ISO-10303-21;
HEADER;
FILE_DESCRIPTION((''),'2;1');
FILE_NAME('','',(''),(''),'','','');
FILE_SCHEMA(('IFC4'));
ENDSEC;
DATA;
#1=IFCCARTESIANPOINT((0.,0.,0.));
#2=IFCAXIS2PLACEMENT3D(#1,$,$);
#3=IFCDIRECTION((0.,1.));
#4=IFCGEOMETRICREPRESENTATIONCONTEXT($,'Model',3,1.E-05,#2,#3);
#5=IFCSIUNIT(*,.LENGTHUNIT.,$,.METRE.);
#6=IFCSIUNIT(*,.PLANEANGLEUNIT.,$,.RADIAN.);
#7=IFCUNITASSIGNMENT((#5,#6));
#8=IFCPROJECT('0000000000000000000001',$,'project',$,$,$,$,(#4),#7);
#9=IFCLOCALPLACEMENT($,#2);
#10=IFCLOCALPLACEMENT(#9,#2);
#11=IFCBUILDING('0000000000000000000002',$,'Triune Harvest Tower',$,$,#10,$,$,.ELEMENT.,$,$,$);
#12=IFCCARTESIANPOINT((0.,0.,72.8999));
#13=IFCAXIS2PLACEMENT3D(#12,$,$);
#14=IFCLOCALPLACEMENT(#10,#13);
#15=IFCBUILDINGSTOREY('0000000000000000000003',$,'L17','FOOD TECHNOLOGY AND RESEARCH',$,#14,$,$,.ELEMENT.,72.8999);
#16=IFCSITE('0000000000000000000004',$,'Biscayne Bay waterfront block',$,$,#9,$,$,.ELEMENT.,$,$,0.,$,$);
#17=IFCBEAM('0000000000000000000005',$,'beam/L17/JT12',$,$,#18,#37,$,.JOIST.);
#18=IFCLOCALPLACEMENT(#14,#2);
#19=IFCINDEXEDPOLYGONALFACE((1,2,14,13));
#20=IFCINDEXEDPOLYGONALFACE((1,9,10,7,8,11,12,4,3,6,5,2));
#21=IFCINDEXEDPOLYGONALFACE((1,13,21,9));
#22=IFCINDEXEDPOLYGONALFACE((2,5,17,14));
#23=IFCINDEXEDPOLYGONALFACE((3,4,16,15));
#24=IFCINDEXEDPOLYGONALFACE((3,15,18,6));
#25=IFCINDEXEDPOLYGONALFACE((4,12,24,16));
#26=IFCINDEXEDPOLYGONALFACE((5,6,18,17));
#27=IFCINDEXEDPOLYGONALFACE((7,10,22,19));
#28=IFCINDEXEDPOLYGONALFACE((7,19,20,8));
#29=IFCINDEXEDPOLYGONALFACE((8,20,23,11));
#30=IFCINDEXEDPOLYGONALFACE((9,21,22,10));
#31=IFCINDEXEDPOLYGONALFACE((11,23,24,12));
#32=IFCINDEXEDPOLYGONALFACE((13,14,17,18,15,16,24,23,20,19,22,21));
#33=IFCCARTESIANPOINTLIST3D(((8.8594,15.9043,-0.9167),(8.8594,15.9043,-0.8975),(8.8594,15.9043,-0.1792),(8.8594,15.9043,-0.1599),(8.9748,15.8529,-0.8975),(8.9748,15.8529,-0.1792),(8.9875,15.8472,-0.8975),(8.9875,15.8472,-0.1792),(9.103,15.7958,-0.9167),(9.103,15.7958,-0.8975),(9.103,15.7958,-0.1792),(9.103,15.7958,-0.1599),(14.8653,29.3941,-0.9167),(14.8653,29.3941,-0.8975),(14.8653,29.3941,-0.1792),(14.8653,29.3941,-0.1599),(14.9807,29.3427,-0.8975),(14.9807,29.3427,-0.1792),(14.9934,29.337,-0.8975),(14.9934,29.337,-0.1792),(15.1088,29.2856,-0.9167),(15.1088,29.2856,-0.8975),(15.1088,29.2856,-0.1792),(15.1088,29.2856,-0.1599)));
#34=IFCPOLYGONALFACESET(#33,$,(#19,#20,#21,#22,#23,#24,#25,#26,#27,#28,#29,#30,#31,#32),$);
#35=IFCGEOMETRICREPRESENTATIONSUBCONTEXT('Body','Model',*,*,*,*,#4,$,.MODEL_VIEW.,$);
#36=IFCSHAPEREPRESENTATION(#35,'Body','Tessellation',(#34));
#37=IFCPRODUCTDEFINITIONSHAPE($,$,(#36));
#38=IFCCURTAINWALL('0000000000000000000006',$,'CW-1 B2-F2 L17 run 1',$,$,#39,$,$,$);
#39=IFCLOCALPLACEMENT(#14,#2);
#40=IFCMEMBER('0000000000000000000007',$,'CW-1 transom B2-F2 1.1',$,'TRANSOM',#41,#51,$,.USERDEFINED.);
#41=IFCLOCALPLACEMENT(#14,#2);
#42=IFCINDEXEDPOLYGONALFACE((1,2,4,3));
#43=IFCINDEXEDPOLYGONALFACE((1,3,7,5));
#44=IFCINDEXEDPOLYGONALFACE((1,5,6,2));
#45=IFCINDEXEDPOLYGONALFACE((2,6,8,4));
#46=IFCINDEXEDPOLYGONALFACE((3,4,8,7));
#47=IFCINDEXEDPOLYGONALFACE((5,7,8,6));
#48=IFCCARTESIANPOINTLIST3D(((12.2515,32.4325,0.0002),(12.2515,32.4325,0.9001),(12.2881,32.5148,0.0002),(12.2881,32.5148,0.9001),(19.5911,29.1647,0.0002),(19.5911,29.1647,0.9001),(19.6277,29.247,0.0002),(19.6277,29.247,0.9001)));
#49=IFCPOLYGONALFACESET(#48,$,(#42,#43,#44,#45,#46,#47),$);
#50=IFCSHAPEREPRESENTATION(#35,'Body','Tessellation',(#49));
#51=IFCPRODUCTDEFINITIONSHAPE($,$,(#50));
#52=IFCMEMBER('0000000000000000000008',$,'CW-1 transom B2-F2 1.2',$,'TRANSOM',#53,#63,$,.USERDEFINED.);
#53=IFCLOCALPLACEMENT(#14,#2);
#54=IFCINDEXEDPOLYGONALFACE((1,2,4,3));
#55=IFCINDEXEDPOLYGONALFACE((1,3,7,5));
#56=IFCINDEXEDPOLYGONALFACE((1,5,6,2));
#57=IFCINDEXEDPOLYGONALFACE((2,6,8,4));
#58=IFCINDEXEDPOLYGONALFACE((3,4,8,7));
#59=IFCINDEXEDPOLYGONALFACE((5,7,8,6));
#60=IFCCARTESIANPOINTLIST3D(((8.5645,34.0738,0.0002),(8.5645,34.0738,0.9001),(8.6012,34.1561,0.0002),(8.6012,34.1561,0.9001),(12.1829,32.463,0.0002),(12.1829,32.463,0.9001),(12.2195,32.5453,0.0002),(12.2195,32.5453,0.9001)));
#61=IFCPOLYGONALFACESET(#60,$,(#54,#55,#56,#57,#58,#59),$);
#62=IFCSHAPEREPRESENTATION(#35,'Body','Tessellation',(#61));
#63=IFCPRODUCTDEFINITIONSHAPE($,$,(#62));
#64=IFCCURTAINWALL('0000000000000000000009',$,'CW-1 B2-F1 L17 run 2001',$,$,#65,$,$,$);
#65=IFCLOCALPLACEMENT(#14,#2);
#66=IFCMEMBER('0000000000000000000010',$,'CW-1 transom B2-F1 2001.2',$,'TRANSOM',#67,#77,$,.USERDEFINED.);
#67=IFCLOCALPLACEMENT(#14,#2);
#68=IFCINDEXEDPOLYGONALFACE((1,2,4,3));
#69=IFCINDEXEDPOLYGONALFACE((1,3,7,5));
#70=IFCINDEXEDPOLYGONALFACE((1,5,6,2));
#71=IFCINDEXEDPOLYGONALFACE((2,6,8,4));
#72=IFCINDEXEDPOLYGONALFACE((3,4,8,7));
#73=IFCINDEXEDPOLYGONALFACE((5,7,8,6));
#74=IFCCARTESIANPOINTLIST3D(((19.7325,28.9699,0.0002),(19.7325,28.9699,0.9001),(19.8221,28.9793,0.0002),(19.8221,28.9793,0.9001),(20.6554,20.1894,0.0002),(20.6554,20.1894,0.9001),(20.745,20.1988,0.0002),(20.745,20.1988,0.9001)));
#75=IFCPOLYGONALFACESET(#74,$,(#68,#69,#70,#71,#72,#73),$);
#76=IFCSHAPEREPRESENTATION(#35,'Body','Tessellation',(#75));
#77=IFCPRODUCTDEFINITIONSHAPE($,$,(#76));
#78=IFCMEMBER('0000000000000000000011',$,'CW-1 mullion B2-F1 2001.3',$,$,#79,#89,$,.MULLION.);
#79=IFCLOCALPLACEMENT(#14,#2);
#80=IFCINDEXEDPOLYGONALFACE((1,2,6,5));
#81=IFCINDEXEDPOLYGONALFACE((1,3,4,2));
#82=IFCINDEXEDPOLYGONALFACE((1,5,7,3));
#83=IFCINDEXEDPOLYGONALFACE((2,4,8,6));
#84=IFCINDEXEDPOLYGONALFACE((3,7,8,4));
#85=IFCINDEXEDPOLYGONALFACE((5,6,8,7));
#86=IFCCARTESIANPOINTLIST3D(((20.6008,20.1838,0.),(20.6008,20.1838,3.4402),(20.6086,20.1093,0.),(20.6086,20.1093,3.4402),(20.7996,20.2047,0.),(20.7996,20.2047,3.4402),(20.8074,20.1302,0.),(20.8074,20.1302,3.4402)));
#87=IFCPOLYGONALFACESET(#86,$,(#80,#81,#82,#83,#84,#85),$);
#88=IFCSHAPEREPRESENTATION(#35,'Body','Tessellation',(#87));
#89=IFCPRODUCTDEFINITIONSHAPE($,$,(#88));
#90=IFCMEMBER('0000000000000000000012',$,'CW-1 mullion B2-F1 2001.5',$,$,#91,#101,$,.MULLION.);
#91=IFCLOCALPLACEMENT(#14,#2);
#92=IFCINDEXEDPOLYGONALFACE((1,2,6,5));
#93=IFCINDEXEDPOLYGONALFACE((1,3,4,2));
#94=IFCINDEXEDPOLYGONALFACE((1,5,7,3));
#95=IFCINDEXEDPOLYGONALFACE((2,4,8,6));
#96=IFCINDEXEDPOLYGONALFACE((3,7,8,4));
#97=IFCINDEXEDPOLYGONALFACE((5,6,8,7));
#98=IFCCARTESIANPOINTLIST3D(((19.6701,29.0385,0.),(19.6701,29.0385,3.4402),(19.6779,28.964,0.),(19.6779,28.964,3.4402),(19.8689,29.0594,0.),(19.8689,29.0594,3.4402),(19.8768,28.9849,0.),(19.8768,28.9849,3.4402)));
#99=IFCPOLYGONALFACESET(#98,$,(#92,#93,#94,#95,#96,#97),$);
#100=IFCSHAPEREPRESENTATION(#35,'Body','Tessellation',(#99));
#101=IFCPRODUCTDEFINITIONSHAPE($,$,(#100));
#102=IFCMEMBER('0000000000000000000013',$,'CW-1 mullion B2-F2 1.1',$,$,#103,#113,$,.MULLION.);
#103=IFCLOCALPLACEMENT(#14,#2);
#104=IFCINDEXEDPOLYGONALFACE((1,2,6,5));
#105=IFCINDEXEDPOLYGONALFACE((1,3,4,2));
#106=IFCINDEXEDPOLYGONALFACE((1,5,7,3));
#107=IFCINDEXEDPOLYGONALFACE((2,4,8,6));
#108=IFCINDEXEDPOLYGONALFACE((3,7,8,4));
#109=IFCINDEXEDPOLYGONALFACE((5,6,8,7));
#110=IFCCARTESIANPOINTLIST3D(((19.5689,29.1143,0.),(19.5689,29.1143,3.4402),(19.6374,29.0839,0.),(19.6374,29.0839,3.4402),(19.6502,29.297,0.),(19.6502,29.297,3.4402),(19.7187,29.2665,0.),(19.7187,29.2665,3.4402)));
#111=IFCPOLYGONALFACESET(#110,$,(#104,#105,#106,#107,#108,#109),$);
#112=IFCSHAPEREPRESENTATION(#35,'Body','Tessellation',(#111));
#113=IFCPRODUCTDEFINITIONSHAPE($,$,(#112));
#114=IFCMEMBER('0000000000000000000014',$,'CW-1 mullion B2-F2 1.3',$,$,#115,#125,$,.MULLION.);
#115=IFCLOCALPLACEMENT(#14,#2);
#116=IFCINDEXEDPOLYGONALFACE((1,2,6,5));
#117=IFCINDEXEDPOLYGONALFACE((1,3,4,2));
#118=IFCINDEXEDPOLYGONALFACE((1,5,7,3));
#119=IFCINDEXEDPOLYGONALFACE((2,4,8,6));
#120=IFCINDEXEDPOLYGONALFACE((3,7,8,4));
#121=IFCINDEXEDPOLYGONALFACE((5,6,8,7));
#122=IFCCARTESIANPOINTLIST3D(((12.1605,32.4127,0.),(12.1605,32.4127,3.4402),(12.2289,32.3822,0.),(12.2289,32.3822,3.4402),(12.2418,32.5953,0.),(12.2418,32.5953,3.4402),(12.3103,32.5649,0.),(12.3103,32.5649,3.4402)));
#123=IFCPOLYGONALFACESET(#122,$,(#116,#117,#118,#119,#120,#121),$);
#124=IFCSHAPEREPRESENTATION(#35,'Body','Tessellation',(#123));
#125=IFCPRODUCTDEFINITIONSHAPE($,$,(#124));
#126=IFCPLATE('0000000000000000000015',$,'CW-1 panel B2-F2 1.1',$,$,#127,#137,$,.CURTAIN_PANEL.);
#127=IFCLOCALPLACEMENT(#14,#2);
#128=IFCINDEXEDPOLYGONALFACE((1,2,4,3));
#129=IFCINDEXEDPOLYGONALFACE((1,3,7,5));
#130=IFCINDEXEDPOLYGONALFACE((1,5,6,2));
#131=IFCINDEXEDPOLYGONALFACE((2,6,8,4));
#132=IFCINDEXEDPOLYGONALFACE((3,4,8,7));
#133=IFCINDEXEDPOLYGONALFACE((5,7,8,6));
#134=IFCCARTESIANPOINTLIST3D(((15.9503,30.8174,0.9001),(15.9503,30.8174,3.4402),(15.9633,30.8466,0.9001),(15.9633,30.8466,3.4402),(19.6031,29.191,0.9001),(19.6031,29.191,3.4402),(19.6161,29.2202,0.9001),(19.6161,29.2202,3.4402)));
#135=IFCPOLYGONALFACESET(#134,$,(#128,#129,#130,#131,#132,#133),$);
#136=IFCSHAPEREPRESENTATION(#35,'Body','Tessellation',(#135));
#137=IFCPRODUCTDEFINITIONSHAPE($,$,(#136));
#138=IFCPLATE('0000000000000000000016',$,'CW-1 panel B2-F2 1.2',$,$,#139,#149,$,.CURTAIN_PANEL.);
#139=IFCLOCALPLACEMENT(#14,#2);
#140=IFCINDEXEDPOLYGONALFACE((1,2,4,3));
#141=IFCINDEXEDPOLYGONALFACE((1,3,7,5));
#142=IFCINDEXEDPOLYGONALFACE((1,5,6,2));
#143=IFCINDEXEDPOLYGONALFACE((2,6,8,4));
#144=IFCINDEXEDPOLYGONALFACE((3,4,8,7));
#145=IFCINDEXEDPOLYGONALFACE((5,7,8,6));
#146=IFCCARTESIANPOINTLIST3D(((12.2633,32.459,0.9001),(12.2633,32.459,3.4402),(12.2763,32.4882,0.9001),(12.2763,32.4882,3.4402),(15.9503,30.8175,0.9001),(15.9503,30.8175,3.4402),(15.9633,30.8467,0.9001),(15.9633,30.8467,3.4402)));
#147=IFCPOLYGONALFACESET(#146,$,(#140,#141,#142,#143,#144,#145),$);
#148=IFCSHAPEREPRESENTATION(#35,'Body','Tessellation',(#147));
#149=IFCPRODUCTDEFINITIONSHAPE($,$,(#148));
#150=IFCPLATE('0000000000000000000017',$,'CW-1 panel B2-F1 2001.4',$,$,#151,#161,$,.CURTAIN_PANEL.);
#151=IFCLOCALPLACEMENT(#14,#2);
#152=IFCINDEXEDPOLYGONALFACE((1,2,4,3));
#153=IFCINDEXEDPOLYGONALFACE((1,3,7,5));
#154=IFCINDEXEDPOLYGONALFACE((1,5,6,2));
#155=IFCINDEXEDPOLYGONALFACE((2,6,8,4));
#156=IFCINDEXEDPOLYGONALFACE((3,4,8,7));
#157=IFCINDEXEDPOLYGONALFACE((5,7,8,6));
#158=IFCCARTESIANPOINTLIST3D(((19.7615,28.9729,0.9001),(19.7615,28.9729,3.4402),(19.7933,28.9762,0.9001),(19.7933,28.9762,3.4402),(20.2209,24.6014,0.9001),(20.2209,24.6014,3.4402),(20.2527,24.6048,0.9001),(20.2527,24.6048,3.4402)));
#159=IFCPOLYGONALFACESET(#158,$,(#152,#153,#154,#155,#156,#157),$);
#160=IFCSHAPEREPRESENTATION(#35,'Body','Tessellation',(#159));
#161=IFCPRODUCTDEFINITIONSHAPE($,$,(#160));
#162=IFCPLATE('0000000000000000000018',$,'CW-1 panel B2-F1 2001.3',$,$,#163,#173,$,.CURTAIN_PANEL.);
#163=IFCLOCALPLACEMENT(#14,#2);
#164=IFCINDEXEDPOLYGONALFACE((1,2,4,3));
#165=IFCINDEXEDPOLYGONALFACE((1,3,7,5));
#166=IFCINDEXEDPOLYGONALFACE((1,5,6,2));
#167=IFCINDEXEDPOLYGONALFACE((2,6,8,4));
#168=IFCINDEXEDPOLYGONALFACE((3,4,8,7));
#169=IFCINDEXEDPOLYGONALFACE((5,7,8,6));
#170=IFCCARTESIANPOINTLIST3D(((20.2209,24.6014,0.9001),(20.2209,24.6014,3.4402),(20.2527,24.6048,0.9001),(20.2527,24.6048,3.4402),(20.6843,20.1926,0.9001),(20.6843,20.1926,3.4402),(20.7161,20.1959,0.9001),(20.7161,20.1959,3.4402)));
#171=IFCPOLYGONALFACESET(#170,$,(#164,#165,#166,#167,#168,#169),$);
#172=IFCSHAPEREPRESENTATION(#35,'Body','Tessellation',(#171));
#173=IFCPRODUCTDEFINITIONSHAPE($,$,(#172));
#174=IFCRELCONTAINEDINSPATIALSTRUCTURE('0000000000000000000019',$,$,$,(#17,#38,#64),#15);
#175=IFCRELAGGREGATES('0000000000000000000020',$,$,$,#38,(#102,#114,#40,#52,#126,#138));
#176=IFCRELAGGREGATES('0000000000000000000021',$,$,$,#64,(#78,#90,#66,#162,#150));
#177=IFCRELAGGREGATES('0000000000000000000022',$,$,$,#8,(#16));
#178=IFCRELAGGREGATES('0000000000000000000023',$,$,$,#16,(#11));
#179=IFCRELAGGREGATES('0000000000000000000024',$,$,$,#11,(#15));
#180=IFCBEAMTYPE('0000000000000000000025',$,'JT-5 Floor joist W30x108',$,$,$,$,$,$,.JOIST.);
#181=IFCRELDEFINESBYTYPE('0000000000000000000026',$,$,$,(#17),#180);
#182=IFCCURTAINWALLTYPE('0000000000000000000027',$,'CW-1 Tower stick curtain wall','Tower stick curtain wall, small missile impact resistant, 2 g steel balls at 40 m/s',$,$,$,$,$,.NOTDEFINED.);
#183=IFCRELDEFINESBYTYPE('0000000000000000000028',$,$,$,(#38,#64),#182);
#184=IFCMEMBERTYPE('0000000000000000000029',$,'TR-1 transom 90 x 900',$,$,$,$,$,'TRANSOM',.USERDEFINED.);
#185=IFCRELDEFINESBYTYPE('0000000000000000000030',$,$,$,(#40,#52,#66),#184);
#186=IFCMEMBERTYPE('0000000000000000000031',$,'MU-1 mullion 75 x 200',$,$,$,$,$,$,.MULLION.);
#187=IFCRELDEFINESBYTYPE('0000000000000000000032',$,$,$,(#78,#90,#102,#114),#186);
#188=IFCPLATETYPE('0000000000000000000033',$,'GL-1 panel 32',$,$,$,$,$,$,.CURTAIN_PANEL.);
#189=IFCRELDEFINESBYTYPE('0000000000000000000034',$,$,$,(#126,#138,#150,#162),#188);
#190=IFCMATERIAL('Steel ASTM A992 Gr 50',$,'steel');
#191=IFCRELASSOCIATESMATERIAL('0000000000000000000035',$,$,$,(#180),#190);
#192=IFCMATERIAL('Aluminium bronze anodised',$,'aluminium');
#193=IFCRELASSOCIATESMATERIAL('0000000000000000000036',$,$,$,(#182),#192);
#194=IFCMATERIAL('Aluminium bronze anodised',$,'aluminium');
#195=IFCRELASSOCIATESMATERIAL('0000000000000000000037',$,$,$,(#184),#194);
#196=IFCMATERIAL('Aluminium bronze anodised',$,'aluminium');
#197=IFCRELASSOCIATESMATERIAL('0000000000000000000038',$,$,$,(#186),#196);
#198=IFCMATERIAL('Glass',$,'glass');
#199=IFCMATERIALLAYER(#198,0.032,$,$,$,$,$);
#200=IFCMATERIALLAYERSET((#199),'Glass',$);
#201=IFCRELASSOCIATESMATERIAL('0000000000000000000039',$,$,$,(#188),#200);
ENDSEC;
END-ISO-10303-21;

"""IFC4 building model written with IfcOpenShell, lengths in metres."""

from ifc_helpers import new_model, si_unit, direction, frame, origin, origin_2d, place, context, subcontext, project, spatial, rectangle, i_section, extrude, source, transform, mapped, material, layer, layer_set, material_profile, profile_set, type_object, element, aggregate, save


model = new_model("IFC4")

# Units and contexts
model_context = context("Model", 3, precision=1e-05, world=origin(), true_north=direction((0.0, 1.0)))
body_context = subcontext(model_context, "Body", "Model", "MODEL_VIEW")
ifc_project = project(units=[si_unit("LENGTHUNIT", "METRE"), si_unit("PLANEANGLEUNIT", "RADIAN")], contexts=[model_context])

# Site, building, storey
site_placement = place(None, origin())
site = spatial("IfcSite", under=ifc_project, at=site_placement, Name="Biscayne Bay waterfront block", CompositionType="ELEMENT", RefElevation=0.0)
building_placement = place(site_placement, origin())
building = spatial("IfcBuilding", under=site, at=building_placement, Name="Triune Harvest Tower", CompositionType="ELEMENT")
storey_placement = place(building_placement, frame((0.0, 0.0, 72.8999)))
storey = spatial("IfcBuildingStorey", under=building, at=storey_placement, Name="L17", Description="FOOD TECHNOLOGY AND RESEARCH", CompositionType="ELEMENT", Elevation=72.8999)

# Beam
ifc_material_1 = material(Name="Steel ASTM A992 Gr 50", Category="steel")
ifc_material_profile_1 = material_profile(ifc_material_1, i_section(OverallWidth=0.2666, OverallDepth=0.7568, WebThickness=0.0139, FlangeThickness=0.0193, at=origin_2d()), Name="W30x108")
ifc_profile_set_1 = profile_set([ifc_material_profile_1], Name="Steel ASTM A992 Gr 50")
beam_type_1 = type_object("IfcBeamType", Name="JT-5 Floor joist W30x108", PredefinedType="JOIST", material=ifc_profile_set_1)
shared_shape_1 = source(origin(), body_context, "Body", "SweptSolid", [
    extrude(i_section(OverallWidth=0.2666, OverallDepth=0.7568, WebThickness=0.0139, FlangeThickness=0.0193, at=origin_2d()), origin(), (0.0, 0.0, 1.0), 14.7664),
])
beam_1_placement = place(storey_placement, frame((14.9871, 29.3398, -0.5383), z_axis=(-0.406727, -0.91355, 0.0), x_axis=(0.91355, -0.406727, 0.0)))
element("IfcBeam", 1, at=beam_1_placement, inside=storey, type_object=beam_type_1, Name="beam/L17/JT12", PredefinedType="JOIST", context=body_context, shape_type="MappedRepresentation", body=[
    mapped(shared_shape_1, transform((0.0, 0.0, 0.0), scale=1.0)),
])

# Curtain walls, members
ifc_material_2 = material(Name="Aluminium bronze anodised", Category="aluminium")
curtain_wall_type = type_object("IfcCurtainWallType", Name="CW-1 Tower stick curtain wall", Description="Tower stick curtain wall, small missile impact resistant, 2 g steel balls at 40 m/s", PredefinedType="NOTDEFINED", material=ifc_material_2)
curtain_wall_1_placement = place(storey_placement, origin())
curtain_wall_1 = element("IfcCurtainWall", 2, at=curtain_wall_1_placement, inside=storey, type_object=curtain_wall_type, Name="CW-1 B2-F2 L17 run 1")
ifc_material_3 = material(Name="Aluminium bronze anodised", Category="aluminium")
ifc_material_profile_2 = material_profile(ifc_material_3, rectangle(XDim=0.0901, YDim=0.8999, at=origin_2d()), Name="TR-1 transom 90 x 900")
ifc_profile_set_2 = profile_set([ifc_material_profile_2], Name="Aluminium bronze anodised")
member_type_1 = type_object("IfcMemberType", Name="TR-1 transom 90 x 900", ElementType="TRANSOM", PredefinedType="USERDEFINED", material=ifc_profile_set_2)
shared_shape_2 = source(origin(), body_context, "Body", "SweptSolid", [
    extrude(rectangle(XDim=0.0901, YDim=0.8999, at=origin_2d()), origin(), (0.0, 0.0, 1.0), 8.0342),
])
member_1_placement = place(storey_placement, frame((19.6094, 29.2058, 0.4502), z_axis=(-0.913544, 0.406739, 0.0), x_axis=(-0.406739, -0.913544, 0.0)))
member_1 = element("IfcMember", 3, at=member_1_placement, type_object=member_type_1, Name="CW-1 transom B2-F2 1.1", ObjectType="TRANSOM", PredefinedType="USERDEFINED", context=body_context, shape_type="MappedRepresentation", body=[
    mapped(shared_shape_2, transform((0.0, 0.0, 0.0), scale=1.0)),
])
shared_shape_3 = source(origin(), body_context, "Body", "SweptSolid", [
    extrude(rectangle(XDim=0.0901, YDim=0.8999, at=origin_2d()), origin(), (0.0, 0.0, 1.0), 3.9607),
])
member_2_placement = place(storey_placement, frame((12.2012, 32.5042, 0.4502), z_axis=(-0.913562, 0.406699, 0.0), x_axis=(-0.406699, -0.913562, 0.0)))
member_2 = element("IfcMember", 4, at=member_2_placement, type_object=member_type_1, Name="CW-1 transom B2-F2 1.2", ObjectType="TRANSOM", PredefinedType="USERDEFINED", context=body_context, shape_type="MappedRepresentation", body=[
    mapped(shared_shape_3, transform((0.0, 0.0, 0.0), scale=1.0)),
])
curtain_wall_2_placement = place(storey_placement, origin())
curtain_wall_2 = element("IfcCurtainWall", 5, at=curtain_wall_2_placement, inside=storey, type_object=curtain_wall_type, Name="CW-1 B2-F1 L17 run 2001")
shared_shape_4 = source(origin(), body_context, "Body", "SweptSolid", [
    extrude(rectangle(XDim=0.0901, YDim=0.8999, at=origin_2d()), origin(), (0.0, 0.0, 1.0), 8.8289),
])
member_3_placement = place(storey_placement, frame((20.7002, 20.1941, 0.4502), z_axis=(-0.104526, 0.994522, 0.0), x_axis=(-0.994522, -0.104526, 0.0)))
member_3 = element("IfcMember", 6, at=member_3_placement, type_object=member_type_1, Name="CW-1 transom B2-F1 2001.2", ObjectType="TRANSOM", PredefinedType="USERDEFINED", context=body_context, shape_type="MappedRepresentation", body=[
    mapped(shared_shape_4, transform((0.0, 0.0, 0.0), scale=1.0)),
])
ifc_material_4 = material(Name="Aluminium bronze anodised", Category="aluminium")
ifc_material_profile_3 = material_profile(ifc_material_4, rectangle(XDim=0.2, YDim=0.075, at=origin_2d()), Name="MU-1 mullion 75 x 200")
ifc_profile_set_3 = profile_set([ifc_material_profile_3], Name="Aluminium bronze anodised")
member_type_2 = type_object("IfcMemberType", Name="MU-1 mullion 75 x 200", PredefinedType="MULLION", material=ifc_profile_set_3)
shared_shape_5 = source(origin(), body_context, "Body", "SweptSolid", [
    extrude(rectangle(XDim=0.2, YDim=0.075, at=origin_2d()), origin(), (0.0, 0.0, 1.0), 3.4402),
])
member_4_placement = place(storey_placement, frame((20.7041, 20.157, 0.0), z_axis=(0.0, 0.0, 1.0), x_axis=(-0.994522, -0.104527, 0.0)))
member_4 = element("IfcMember", 7, at=member_4_placement, type_object=member_type_2, Name="CW-1 mullion B2-F1 2001.3", PredefinedType="MULLION", context=body_context, shape_type="MappedRepresentation", body=[
    mapped(shared_shape_5, transform((0.0, 0.0, 0.0), scale=1.0)),
])
member_5_placement = place(storey_placement, frame((19.7734, 29.0117, 0.0), z_axis=(0.0, 0.0, 1.0), x_axis=(-0.994522, -0.104527, 0.0)))
member_5 = element("IfcMember", 8, at=member_5_placement, type_object=member_type_2, Name="CW-1 mullion B2-F1 2001.5", PredefinedType="MULLION", context=body_context, shape_type="MappedRepresentation", body=[
    mapped(shared_shape_5, transform((0.0, 0.0, 0.0), scale=1.0)),
])

# Members
member_6_placement = place(storey_placement, frame((19.6438, 29.1904, 0.0), z_axis=(0.0, 0.0, 1.0), x_axis=(-0.406734, -0.913547, 0.0)))
member_6 = element("IfcMember", 9, at=member_6_placement, type_object=member_type_2, Name="CW-1 mullion B2-F2 1.1", PredefinedType="MULLION", context=body_context, shape_type="MappedRepresentation", body=[
    mapped(shared_shape_5, transform((0.0, 0.0, 0.0), scale=1.0)),
])
member_7_placement = place(storey_placement, frame((12.2354, 32.4888, 0.0), z_axis=(0.0, 0.0, 1.0), x_axis=(-0.406734, -0.913547, 0.0)))
member_7 = element("IfcMember", 10, at=member_7_placement, type_object=member_type_2, Name="CW-1 mullion B2-F2 1.3", PredefinedType="MULLION", context=body_context, shape_type="MappedRepresentation", body=[
    mapped(shared_shape_5, transform((0.0, 0.0, 0.0), scale=1.0)),
])

# Plates
ifc_material_5 = material(Name="Glass", Category="glass")
ifc_layer_1 = layer(ifc_material_5, 0.032)
ifc_layer_set_1 = layer_set([ifc_layer_1], Name="Glass")
plate_type = type_object("IfcPlateType", Name="GL-1 panel 32", PredefinedType="CURTAIN_PANEL", material=ifc_layer_set_1)
shared_shape_6 = source(origin(), body_context, "Body", "SweptSolid", [
    extrude(rectangle(XDim=3.9985, YDim=0.032, at=origin_2d()), origin(), (0.0, 0.0, 1.0), 2.54),
])
plate_1_placement = place(storey_placement, frame((17.7832, 30.0188, 0.9001), z_axis=(0.0, 0.0, 1.0), x_axis=(-0.913547, 0.406734, 0.0)))
plate_1 = element("IfcPlate", 11, at=plate_1_placement, type_object=plate_type, Name="CW-1 panel B2-F2 1.1", PredefinedType="CURTAIN_PANEL", context=body_context, shape_type="MappedRepresentation", body=[
    mapped(shared_shape_6, transform((0.0, 0.0, 0.0), scale=1.0)),
])
shared_shape_7 = source(origin(), body_context, "Body", "SweptSolid", [
    extrude(rectangle(XDim=4.0359, YDim=0.032, at=origin_2d()), origin(), (0.0, 0.0, 1.0), 2.54),
])
plate_2_placement = place(storey_placement, frame((14.1133, 31.6528, 0.9001), z_axis=(0.0, 0.0, 1.0), x_axis=(-0.913547, 0.406734, 0.0)))
plate_2 = element("IfcPlate", 12, at=plate_2_placement, type_object=plate_type, Name="CW-1 panel B2-F2 1.2", PredefinedType="CURTAIN_PANEL", context=body_context, shape_type="MappedRepresentation", body=[
    mapped(shared_shape_7, transform((0.0, 0.0, 0.0), scale=1.0)),
])
aggregate(curtain_wall_1, [member_6, member_7, member_1, member_2, plate_1, plate_2])
shared_shape_8 = source(origin(), body_context, "Body", "SweptSolid", [
    extrude(rectangle(XDim=4.3955, YDim=0.032, at=origin_2d()), origin(), (0.0, 0.0, 1.0), 2.54),
])
plate_3_placement = place(storey_placement, frame((20.0071, 26.7888, 0.9001), z_axis=(0.0, 0.0, 1.0), x_axis=(-0.104527, 0.994522, 0.0)))
plate_3 = element("IfcPlate", 13, at=plate_3_placement, type_object=plate_type, Name="CW-1 panel B2-F1 2001.4", PredefinedType="CURTAIN_PANEL", context=body_context, shape_type="MappedRepresentation", body=[
    mapped(shared_shape_8, transform((0.0, 0.0, 0.0), scale=1.0)),
])
shared_shape_9 = source(origin(), body_context, "Body", "SweptSolid", [
    extrude(rectangle(XDim=4.4331, YDim=0.032, at=origin_2d()), origin(), (0.0, 0.0, 1.0), 2.54),
])
plate_4_placement = place(storey_placement, frame((20.4685, 22.3987, 0.9001), z_axis=(0.0, 0.0, 1.0), x_axis=(-0.104527, 0.994522, 0.0)))
plate_4 = element("IfcPlate", 14, at=plate_4_placement, type_object=plate_type, Name="CW-1 panel B2-F1 2001.3", PredefinedType="CURTAIN_PANEL", context=body_context, shape_type="MappedRepresentation", body=[
    mapped(shared_shape_9, transform((0.0, 0.0, 0.0), scale=1.0)),
])
aggregate(curtain_wall_2, [member_4, member_5, member_3, plate_4, plate_3])

save(model, "model.ifc")
